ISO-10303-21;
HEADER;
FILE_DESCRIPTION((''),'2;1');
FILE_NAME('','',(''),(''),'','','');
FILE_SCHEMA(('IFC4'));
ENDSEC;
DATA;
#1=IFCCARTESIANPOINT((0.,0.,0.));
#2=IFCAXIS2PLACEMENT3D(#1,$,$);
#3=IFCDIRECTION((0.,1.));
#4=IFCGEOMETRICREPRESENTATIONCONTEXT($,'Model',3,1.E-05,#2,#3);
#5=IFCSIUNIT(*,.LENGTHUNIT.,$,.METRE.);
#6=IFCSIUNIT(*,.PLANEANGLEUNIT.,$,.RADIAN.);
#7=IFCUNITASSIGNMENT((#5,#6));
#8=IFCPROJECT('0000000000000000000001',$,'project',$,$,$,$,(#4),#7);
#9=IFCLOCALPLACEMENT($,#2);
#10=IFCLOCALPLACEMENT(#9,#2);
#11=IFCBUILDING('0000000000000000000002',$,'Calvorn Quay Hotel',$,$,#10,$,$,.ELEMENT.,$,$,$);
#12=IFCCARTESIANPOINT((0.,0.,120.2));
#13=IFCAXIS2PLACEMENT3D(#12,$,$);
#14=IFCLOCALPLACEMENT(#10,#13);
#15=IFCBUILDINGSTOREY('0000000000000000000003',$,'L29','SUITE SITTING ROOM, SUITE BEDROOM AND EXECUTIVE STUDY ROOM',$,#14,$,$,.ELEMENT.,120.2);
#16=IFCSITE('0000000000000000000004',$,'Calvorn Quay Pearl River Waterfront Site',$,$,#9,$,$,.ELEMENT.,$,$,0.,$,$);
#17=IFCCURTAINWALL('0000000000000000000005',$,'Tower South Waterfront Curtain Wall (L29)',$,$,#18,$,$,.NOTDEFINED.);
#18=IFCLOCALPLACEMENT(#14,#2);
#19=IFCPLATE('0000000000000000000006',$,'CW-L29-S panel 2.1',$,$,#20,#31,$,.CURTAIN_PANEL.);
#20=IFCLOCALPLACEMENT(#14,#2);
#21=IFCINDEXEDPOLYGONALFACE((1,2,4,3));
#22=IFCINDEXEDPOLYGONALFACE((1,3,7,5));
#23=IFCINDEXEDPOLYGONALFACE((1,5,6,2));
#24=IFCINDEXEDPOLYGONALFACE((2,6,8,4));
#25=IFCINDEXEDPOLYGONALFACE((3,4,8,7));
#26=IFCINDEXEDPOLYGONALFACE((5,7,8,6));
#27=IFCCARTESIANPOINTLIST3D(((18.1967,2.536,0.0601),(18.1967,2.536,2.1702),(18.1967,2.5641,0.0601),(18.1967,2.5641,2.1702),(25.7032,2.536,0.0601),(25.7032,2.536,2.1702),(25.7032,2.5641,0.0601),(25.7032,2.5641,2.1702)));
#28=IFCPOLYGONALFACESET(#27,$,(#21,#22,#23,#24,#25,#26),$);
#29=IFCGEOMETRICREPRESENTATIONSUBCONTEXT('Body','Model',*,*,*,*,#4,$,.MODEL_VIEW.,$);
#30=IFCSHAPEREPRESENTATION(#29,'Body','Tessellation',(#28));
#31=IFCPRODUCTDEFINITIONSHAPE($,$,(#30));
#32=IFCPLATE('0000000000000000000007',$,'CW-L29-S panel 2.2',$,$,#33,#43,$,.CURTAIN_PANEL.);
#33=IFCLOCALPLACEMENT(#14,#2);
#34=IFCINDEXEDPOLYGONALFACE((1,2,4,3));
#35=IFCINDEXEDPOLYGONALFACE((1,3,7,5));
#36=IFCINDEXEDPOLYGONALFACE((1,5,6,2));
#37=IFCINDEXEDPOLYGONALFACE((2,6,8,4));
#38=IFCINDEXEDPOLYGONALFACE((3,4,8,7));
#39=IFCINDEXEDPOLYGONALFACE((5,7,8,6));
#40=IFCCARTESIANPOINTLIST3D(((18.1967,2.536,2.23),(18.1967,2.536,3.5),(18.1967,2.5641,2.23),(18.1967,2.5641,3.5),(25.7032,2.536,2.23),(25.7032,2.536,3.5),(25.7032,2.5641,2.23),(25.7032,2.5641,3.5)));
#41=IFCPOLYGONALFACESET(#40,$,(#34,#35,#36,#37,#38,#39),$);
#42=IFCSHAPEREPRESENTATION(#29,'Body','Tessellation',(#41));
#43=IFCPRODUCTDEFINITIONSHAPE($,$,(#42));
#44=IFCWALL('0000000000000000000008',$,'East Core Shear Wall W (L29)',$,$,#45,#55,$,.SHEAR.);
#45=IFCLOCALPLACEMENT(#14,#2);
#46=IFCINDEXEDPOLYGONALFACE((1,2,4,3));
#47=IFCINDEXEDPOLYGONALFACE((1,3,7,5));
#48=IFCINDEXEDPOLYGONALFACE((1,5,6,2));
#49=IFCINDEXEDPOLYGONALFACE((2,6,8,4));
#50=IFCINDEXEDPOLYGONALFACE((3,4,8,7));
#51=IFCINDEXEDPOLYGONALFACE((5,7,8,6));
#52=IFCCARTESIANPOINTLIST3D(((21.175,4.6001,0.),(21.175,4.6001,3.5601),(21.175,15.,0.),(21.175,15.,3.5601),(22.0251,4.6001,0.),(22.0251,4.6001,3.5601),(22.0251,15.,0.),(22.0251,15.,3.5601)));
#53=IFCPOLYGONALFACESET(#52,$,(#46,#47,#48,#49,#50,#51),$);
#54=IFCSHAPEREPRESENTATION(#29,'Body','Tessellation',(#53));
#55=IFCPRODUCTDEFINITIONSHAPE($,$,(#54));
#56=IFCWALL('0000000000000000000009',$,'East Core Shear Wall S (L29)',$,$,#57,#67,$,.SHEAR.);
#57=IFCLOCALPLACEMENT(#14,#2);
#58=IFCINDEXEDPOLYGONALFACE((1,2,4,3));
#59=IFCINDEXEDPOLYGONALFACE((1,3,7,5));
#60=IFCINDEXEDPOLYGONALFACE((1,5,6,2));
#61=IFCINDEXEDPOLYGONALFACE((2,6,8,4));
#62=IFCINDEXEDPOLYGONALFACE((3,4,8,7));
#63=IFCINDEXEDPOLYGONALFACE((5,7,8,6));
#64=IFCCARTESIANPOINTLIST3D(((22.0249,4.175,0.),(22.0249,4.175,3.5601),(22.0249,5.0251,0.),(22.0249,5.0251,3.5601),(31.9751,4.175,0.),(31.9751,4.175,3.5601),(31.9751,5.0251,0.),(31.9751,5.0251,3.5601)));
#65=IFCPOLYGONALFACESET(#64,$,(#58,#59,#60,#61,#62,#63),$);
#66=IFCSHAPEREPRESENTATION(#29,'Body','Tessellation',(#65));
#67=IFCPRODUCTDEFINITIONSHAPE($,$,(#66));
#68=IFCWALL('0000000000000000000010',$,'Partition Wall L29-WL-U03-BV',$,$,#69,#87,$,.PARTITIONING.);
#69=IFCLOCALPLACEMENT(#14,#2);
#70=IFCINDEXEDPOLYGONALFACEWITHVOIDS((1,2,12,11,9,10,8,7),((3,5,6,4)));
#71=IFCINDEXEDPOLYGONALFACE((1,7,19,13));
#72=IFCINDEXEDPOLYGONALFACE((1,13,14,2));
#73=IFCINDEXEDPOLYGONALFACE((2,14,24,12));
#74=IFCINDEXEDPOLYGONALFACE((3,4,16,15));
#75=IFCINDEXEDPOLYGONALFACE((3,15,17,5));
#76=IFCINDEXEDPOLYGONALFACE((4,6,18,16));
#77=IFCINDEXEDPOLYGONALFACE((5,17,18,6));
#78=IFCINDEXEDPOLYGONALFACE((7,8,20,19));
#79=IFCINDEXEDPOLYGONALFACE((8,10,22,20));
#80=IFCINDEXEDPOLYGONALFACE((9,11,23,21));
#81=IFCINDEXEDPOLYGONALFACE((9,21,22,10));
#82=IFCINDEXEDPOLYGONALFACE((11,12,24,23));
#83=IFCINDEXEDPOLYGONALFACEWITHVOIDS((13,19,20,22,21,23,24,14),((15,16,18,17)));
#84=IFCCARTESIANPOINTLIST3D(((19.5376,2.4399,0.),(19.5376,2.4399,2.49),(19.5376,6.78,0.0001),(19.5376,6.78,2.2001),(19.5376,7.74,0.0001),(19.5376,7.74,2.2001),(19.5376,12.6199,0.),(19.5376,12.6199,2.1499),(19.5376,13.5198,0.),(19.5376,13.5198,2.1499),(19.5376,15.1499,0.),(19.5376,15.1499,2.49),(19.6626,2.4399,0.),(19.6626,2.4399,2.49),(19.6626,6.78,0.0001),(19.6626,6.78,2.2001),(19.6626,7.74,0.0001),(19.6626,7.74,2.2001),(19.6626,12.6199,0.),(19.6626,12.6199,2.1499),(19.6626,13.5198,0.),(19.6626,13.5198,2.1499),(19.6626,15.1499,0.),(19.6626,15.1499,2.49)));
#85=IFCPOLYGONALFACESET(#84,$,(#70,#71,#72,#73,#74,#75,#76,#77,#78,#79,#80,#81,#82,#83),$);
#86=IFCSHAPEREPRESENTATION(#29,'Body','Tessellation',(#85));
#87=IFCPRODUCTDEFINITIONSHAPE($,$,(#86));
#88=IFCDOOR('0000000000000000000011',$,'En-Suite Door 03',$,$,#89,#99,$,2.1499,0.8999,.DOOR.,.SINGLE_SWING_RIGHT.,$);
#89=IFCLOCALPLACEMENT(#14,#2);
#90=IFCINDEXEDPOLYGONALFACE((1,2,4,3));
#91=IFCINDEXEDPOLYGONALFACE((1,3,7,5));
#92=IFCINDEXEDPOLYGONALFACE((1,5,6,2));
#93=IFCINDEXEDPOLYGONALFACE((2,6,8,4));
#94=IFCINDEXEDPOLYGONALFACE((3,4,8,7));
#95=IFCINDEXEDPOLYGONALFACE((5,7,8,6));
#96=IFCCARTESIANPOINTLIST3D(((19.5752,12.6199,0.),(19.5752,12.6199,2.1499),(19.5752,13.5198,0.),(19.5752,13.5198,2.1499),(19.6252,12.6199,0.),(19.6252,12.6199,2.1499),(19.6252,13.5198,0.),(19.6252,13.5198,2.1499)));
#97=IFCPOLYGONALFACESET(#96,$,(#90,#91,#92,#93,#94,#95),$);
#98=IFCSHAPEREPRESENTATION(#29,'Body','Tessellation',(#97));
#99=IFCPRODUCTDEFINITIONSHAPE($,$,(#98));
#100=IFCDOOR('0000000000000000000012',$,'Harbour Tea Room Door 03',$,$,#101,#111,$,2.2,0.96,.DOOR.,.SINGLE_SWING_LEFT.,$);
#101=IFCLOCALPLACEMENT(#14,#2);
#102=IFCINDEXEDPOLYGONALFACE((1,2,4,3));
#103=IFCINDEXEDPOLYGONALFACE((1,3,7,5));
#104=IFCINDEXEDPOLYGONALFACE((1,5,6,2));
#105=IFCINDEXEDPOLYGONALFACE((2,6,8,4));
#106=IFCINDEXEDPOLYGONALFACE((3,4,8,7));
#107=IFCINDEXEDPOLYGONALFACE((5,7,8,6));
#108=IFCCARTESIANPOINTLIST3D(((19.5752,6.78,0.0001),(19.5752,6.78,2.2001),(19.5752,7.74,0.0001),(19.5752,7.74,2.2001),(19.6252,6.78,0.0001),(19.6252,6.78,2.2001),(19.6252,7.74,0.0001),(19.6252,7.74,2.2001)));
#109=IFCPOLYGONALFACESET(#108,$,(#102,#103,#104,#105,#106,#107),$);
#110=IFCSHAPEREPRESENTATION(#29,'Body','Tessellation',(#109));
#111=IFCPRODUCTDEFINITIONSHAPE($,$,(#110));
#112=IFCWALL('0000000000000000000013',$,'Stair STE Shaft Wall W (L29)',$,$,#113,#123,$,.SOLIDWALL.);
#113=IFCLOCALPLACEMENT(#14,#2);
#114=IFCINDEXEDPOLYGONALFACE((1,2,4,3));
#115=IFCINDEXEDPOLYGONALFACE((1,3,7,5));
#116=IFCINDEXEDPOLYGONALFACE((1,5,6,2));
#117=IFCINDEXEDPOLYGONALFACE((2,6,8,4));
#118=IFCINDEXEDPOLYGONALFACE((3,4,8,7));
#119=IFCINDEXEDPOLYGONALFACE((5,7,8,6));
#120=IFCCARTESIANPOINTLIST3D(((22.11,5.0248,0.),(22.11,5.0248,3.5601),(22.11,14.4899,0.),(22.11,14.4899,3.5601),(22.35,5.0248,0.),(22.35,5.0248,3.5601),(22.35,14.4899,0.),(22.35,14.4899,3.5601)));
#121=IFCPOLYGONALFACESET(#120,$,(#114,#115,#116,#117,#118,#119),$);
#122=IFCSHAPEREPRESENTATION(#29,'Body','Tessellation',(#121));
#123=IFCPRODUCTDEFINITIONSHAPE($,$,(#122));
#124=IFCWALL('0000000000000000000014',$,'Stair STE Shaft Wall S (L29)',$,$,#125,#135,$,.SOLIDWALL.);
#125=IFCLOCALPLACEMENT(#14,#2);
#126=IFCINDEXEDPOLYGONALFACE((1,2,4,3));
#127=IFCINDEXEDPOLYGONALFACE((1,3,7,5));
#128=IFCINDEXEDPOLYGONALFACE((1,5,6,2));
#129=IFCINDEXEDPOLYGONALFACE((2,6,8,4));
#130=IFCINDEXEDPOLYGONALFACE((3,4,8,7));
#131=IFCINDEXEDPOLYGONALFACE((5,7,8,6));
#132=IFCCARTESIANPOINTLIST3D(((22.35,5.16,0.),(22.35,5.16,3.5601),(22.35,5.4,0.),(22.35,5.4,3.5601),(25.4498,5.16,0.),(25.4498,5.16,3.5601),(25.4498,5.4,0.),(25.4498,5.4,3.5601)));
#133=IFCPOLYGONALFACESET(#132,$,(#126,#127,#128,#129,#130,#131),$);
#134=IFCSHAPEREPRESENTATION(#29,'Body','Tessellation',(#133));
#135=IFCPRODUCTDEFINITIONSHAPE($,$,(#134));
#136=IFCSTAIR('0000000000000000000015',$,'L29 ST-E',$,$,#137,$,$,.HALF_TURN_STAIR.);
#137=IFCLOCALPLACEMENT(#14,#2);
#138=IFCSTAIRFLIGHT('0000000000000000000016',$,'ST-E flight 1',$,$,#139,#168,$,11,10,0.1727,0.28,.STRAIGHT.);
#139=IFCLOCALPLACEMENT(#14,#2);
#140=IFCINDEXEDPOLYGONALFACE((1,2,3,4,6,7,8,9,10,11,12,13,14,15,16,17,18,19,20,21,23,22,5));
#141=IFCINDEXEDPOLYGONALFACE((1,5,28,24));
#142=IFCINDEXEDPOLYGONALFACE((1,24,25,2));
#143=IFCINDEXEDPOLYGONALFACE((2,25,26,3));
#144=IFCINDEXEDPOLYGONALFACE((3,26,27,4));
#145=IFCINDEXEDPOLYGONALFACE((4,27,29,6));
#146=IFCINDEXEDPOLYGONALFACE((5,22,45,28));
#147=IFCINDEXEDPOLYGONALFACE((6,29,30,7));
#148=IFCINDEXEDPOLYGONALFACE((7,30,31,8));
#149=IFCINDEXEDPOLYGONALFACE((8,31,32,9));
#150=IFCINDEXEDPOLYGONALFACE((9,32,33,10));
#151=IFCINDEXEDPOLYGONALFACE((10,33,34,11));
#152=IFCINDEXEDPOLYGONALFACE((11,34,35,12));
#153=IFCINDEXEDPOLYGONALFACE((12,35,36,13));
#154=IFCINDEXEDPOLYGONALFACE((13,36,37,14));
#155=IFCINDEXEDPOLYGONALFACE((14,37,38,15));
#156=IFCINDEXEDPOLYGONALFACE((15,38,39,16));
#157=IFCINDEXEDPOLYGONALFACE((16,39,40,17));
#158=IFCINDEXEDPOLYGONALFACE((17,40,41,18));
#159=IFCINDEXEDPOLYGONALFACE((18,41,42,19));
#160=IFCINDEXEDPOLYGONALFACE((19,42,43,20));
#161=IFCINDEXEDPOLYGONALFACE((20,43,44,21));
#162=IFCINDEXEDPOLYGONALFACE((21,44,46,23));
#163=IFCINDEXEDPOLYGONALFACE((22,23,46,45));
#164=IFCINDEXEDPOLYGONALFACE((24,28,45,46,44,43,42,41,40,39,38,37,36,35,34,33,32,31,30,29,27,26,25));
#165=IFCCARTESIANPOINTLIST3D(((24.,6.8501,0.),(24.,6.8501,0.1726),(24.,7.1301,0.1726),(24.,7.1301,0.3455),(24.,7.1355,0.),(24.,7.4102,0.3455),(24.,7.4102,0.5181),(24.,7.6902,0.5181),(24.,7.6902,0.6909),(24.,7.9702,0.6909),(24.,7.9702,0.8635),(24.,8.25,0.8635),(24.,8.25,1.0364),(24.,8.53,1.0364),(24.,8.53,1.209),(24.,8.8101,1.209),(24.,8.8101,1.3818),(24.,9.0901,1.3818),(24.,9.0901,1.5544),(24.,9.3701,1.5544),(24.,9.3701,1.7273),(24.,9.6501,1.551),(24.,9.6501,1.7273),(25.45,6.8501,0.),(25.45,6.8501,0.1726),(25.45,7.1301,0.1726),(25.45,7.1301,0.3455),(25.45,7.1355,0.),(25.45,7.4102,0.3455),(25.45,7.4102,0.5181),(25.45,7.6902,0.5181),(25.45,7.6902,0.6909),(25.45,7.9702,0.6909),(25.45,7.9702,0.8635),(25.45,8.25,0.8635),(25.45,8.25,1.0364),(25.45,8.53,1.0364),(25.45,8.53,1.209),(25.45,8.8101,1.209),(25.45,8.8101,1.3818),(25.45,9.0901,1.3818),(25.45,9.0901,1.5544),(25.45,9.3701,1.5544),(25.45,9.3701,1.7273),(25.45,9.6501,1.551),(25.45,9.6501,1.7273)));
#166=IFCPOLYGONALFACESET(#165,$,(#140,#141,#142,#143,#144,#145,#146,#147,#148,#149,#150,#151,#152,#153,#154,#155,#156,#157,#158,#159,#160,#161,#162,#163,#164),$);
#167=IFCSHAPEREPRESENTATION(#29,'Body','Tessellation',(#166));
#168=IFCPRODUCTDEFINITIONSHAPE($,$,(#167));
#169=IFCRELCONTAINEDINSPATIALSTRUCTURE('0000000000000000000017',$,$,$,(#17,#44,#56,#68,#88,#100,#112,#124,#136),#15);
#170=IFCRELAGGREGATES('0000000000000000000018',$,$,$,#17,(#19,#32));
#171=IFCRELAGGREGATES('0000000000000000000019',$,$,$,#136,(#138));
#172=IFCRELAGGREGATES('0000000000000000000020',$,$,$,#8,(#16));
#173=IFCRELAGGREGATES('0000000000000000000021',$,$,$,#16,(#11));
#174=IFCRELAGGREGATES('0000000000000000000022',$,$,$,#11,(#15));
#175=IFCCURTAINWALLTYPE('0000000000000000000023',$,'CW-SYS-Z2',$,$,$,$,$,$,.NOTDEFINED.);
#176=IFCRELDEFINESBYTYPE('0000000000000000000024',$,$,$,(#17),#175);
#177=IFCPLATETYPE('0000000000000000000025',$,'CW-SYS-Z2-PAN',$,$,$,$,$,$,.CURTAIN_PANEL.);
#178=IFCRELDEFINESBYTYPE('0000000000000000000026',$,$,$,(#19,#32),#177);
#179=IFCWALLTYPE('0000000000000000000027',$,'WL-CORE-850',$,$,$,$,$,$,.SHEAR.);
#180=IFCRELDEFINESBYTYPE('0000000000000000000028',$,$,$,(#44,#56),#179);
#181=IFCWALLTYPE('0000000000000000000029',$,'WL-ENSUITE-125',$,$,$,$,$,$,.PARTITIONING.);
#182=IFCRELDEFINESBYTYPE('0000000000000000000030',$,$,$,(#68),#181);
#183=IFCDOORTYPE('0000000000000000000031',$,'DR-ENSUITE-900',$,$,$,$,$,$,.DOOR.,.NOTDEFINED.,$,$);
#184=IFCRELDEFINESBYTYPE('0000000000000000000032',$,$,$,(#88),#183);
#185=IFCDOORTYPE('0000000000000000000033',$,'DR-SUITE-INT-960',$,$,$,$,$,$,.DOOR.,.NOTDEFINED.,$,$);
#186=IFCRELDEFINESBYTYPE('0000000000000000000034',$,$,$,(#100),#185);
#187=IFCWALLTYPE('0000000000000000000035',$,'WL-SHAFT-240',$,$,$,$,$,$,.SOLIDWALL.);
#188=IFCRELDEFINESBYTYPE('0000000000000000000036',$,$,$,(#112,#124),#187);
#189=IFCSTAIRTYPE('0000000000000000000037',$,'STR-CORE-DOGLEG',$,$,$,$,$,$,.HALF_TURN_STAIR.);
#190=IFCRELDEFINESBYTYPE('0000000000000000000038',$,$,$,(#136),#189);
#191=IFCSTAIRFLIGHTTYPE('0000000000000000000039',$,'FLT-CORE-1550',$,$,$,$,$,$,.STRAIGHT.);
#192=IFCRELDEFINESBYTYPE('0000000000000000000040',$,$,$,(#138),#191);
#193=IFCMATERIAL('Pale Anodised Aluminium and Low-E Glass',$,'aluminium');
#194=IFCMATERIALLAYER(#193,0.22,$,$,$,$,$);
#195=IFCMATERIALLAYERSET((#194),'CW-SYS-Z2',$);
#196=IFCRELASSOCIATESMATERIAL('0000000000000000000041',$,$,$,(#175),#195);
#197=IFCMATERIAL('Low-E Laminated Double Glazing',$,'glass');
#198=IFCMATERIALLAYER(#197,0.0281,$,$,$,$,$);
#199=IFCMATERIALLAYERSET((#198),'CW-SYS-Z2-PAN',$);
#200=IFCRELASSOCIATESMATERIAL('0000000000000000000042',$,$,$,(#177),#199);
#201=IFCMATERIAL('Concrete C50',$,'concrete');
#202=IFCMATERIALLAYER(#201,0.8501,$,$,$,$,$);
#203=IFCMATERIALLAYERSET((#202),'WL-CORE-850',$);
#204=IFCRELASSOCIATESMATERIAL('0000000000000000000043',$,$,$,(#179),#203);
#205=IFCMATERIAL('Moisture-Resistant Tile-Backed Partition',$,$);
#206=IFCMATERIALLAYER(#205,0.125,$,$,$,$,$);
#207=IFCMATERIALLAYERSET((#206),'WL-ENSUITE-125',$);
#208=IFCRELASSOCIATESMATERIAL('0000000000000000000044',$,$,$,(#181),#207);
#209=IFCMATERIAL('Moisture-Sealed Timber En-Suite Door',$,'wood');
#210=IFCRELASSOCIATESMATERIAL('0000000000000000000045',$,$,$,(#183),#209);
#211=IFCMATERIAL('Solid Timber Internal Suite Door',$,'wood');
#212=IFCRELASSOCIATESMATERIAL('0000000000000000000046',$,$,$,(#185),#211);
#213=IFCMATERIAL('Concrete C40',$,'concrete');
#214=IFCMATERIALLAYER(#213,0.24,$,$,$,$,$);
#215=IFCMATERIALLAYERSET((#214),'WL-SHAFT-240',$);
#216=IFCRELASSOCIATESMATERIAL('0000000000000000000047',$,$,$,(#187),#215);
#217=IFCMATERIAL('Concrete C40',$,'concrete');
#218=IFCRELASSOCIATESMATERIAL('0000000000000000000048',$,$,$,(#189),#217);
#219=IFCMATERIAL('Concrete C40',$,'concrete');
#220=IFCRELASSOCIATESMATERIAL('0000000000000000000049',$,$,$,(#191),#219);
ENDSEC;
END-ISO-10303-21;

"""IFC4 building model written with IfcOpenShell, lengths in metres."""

from ifc_helpers import new_model, si_unit, direction, frame, frame_2d, origin, origin_2d, place, context, subcontext, project, spatial, polyline, rectangle, outline, extrude, material, layer, layer_set, type_object, element, fill, aggregate, save


model = new_model("IFC4")

# Units and contexts
model_context = context("Model", 3, precision=1e-05, world=origin(), true_north=direction((0.0, 1.0)))
body_context = subcontext(model_context, "Body", "Model", "MODEL_VIEW")
ifc_project = project(units=[si_unit("LENGTHUNIT", "METRE"), si_unit("PLANEANGLEUNIT", "RADIAN")], contexts=[model_context])

# Site, building, storey
site_placement = place(None, origin())
site = spatial("IfcSite", under=ifc_project, at=site_placement, Name="Calvorn Quay Pearl River Waterfront Site", CompositionType="ELEMENT", RefElevation=0.0)
building_placement = place(site_placement, origin())
building = spatial("IfcBuilding", under=site, at=building_placement, Name="Calvorn Quay Hotel", CompositionType="ELEMENT")
storey_placement = place(building_placement, frame((0.0, 0.0, 120.2)))
storey = spatial("IfcBuildingStorey", under=building, at=storey_placement, Name="L29", Description="SUITE SITTING ROOM, SUITE BEDROOM AND EXECUTIVE STUDY ROOM", CompositionType="ELEMENT", Elevation=120.2)

# Curtain wall, plates
ifc_material_1 = material(Name="Pale Anodised Aluminium and Low-E Glass", Category="aluminium")
ifc_layer_1 = layer(ifc_material_1, 0.22)
ifc_layer_set_1 = layer_set([ifc_layer_1], Name="CW-SYS-Z2")
curtain_wall_type = type_object("IfcCurtainWallType", Name="CW-SYS-Z2", PredefinedType="NOTDEFINED", material=ifc_layer_set_1)
curtain_wall_placement = place(storey_placement, origin())
curtain_wall = element("IfcCurtainWall", 1, at=curtain_wall_placement, inside=storey, type_object=curtain_wall_type, Name="Tower South Waterfront Curtain Wall (L29)", PredefinedType="NOTDEFINED")
ifc_material_2 = material(Name="Low-E Laminated Double Glazing", Category="glass")
ifc_layer_2 = layer(ifc_material_2, 0.0281)
ifc_layer_set_2 = layer_set([ifc_layer_2], Name="CW-SYS-Z2-PAN")
plate_type = type_object("IfcPlateType", Name="CW-SYS-Z2-PAN", PredefinedType="CURTAIN_PANEL", material=ifc_layer_set_2)
plate_1_placement = place(storey_placement, frame((21.95, 2.55, 0.0601), z_axis=(0.0, 0.0, 1.0), x_axis=(1.0, 0.0, 0.0)))
plate_1 = element("IfcPlate", 2, at=plate_1_placement, type_object=plate_type, Name="CW-L29-S panel 2.1", PredefinedType="CURTAIN_PANEL", context=body_context, shape_type="SweptSolid", body=[
    extrude(rectangle(XDim=7.5066, YDim=0.0281, at=origin_2d()), origin(), (0.0, 0.0, 1.0), 2.1101),
])
plate_2_placement = place(storey_placement, frame((21.95, 2.55, 2.23), z_axis=(0.0, 0.0, 1.0), x_axis=(1.0, 0.0, 0.0)))
plate_2 = element("IfcPlate", 3, at=plate_2_placement, type_object=plate_type, Name="CW-L29-S panel 2.2", PredefinedType="CURTAIN_PANEL", context=body_context, shape_type="SweptSolid", body=[
    extrude(rectangle(XDim=7.5066, YDim=0.0281, at=origin_2d()), origin(), (0.0, 0.0, 1.0), 1.27),
])
aggregate(curtain_wall, [plate_1, plate_2])

# Walls
ifc_material_3 = material(Name="Concrete C50", Category="concrete")
ifc_layer_3 = layer(ifc_material_3, 0.8501)
ifc_layer_set_3 = layer_set([ifc_layer_3], Name="WL-CORE-850")
wall_type_1 = type_object("IfcWallType", Name="WL-CORE-850", PredefinedType="SHEAR", material=ifc_layer_set_3)
wall_1_placement = place(storey_placement, frame((21.6001, 4.6001, 0.0), z_axis=(0.0, 0.0, 1.0), x_axis=(0.0, 1.0, 0.0)))
element("IfcWall", 4, at=wall_1_placement, inside=storey, type_object=wall_type_1, Name="East Core Shear Wall W (L29)", PredefinedType="SHEAR", context=body_context, shape_type="SweptSolid", body=[
    extrude(rectangle(XDim=10.3999, YDim=0.8501, at=frame_2d((5.2, 0.0))), origin(), (0.0, 0.0, 1.0), 3.5601),
])
wall_2_placement = place(storey_placement, frame((22.0249, 4.6001, 0.0), z_axis=(0.0, 0.0, 1.0), x_axis=(1.0, 0.0, 0.0)))
element("IfcWall", 5, at=wall_2_placement, inside=storey, type_object=wall_type_1, Name="East Core Shear Wall S (L29)", PredefinedType="SHEAR", context=body_context, shape_type="SweptSolid", body=[
    extrude(rectangle(XDim=9.9502, YDim=0.8501, at=frame_2d((4.9751, 0.0))), origin(), (0.0, 0.0, 1.0), 3.5601),
])

# Wall, openings, doors
ifc_material_4 = material(Name="Moisture-Resistant Tile-Backed Partition")
ifc_layer_4 = layer(ifc_material_4, 0.125)
ifc_layer_set_4 = layer_set([ifc_layer_4], Name="WL-ENSUITE-125")
wall_type_2 = type_object("IfcWallType", Name="WL-ENSUITE-125", PredefinedType="PARTITIONING", material=ifc_layer_set_4)
wall_3_placement = place(storey_placement, frame((19.6001, 2.4399, 0.0), z_axis=(0.0, 0.0, 1.0), x_axis=(0.0, 1.0, 0.0)))
wall_3 = element("IfcWall", 6, at=wall_3_placement, inside=storey, type_object=wall_type_2, Name="Partition Wall L29-WL-U03-BV", PredefinedType="PARTITIONING", context=body_context, shape_type="SweptSolid", body=[
    extrude(rectangle(XDim=12.71, YDim=0.125, at=frame_2d((6.355, 0.0))), origin(), (0.0, 0.0, 1.0), 2.49),
])
opening_1_placement = place(wall_3_placement, frame((4.3401, 0.0, 0.0)))
opening_1 = element("IfcOpeningElement", 7, at=opening_1_placement, cuts=wall_3, PredefinedType="OPENING", context=body_context, shape_type="SweptSolid", body=[
    extrude(rectangle(XDim=0.96, YDim=2.2, at=frame_2d((0.48, 1.1001))), frame((0.0, 0.0725, 0.0), z_axis=(0.0, -1.0, 0.0), x_axis=(1.0, 0.0, 0.0)), (0.0, 0.0, 1.0), 0.145),
])
opening_2_placement = place(wall_3_placement, frame((10.1799, 0.0, 0.0)))
opening_2 = element("IfcOpeningElement", 8, at=opening_2_placement, cuts=wall_3, PredefinedType="OPENING", context=body_context, shape_type="SweptSolid", body=[
    extrude(rectangle(XDim=0.8999, YDim=2.1499, at=frame_2d((0.45, 1.075))), frame((0.0, 0.0725, 0.0), z_axis=(0.0, -1.0, 0.0), x_axis=(1.0, 0.0, 0.0)), (0.0, 0.0, 1.0), 0.145),
])
ifc_material_5 = material(Name="Moisture-Sealed Timber En-Suite Door", Category="wood")
door_type_1 = type_object("IfcDoorType", Name="DR-ENSUITE-900", OperationType="NOTDEFINED", PredefinedType="DOOR", material=ifc_material_5)
door_1_placement = place(opening_2_placement, origin())
door_1 = element("IfcDoor", 9, at=door_1_placement, inside=storey, type_object=door_type_1, Name="En-Suite Door 03", OperationType="SINGLE_SWING_RIGHT", OverallHeight=2.1499, OverallWidth=0.8999, PredefinedType="DOOR", context=body_context, shape_type="SweptSolid", body=[
    extrude(rectangle(XDim=0.8999, YDim=2.1499, at=frame_2d((0.45, 1.075))), frame((0.0, 0.0249, 0.0), z_axis=(0.0, -1.0, 0.0), x_axis=(1.0, 0.0, 0.0)), (0.0, 0.0, 1.0), 0.05),
])
fill(opening_2, door_1)
ifc_material_6 = material(Name="Solid Timber Internal Suite Door", Category="wood")
door_type_2 = type_object("IfcDoorType", Name="DR-SUITE-INT-960", OperationType="NOTDEFINED", PredefinedType="DOOR", material=ifc_material_6)
door_2_placement = place(opening_1_placement, origin())
door_2 = element("IfcDoor", 10, at=door_2_placement, inside=storey, type_object=door_type_2, Name="Harbour Tea Room Door 03", OperationType="SINGLE_SWING_LEFT", OverallHeight=2.2, OverallWidth=0.96, PredefinedType="DOOR", context=body_context, shape_type="SweptSolid", body=[
    extrude(rectangle(XDim=0.96, YDim=2.2, at=frame_2d((0.48, 1.1001))), frame((0.0, 0.0249, 0.0), z_axis=(0.0, -1.0, 0.0), x_axis=(1.0, 0.0, 0.0)), (0.0, 0.0, 1.0), 0.05),
])
fill(opening_1, door_2)

# Walls
ifc_material_7 = material(Name="Concrete C40", Category="concrete")
ifc_layer_5 = layer(ifc_material_7, 0.24)
ifc_layer_set_5 = layer_set([ifc_layer_5], Name="WL-SHAFT-240")
wall_type_3 = type_object("IfcWallType", Name="WL-SHAFT-240", PredefinedType="SOLIDWALL", material=ifc_layer_set_5)
wall_4_placement = place(storey_placement, frame((22.23, 5.0249, 0.0), z_axis=(0.0, 0.0, 1.0), x_axis=(0.0, 1.0, 0.0)))
element("IfcWall", 11, at=wall_4_placement, inside=storey, type_object=wall_type_3, Name="Stair STE Shaft Wall W (L29)", PredefinedType="SOLIDWALL", context=body_context, shape_type="SweptSolid", body=[
    extrude(rectangle(XDim=9.4651, YDim=0.24, at=frame_2d((4.7324, 0.0))), origin(), (0.0, 0.0, 1.0), 3.5601),
])
wall_5_placement = place(storey_placement, frame((22.3501, 5.28, 0.0), z_axis=(0.0, 0.0, 1.0), x_axis=(1.0, 0.0, 0.0)))
element("IfcWall", 12, at=wall_5_placement, inside=storey, type_object=wall_type_3, Name="Stair STE Shaft Wall S (L29)", PredefinedType="SOLIDWALL", context=body_context, shape_type="SweptSolid", body=[
    extrude(rectangle(XDim=3.0999, YDim=0.24, at=frame_2d((1.5498, 0.0))), origin(), (0.0, 0.0, 1.0), 3.5601),
])

# Stair, stair flight
ifc_material_8 = material(Name="Concrete C40", Category="concrete")
stair_type = type_object("IfcStairType", Name="STR-CORE-DOGLEG", PredefinedType="HALF_TURN_STAIR", material=ifc_material_8)
stair_placement = place(storey_placement, origin())
stair = element("IfcStair", 13, at=stair_placement, inside=storey, type_object=stair_type, Name="L29 ST-E", PredefinedType="HALF_TURN_STAIR")
ifc_material_9 = material(Name="Concrete C40", Category="concrete")
stair_flight_type = type_object("IfcStairFlightType", Name="FLT-CORE-1550", PredefinedType="STRAIGHT", material=ifc_material_9)
stair_flight_placement = place(storey_placement, frame((24.7251, 6.8501, 0.0), z_axis=(0.0, 0.0, 1.0), x_axis=(0.0, 1.0, 0.0)))
stair_flight = element("IfcStairFlight", 14, at=stair_flight_placement, type_object=stair_flight_type, Name="ST-E flight 1", NumberOfRisers=11, NumberOfTreads=10, PredefinedType="STRAIGHT", RiserHeight=0.1727, TreadLength=0.28, context=body_context, shape_type="SweptSolid", body=[
    extrude(outline(polyline([(0.0, 0.0), (0.0, 0.1726), (0.28, 0.1726), (0.28, 0.3455), (0.5601, 0.3455), (0.5601, 0.5181), (0.8401, 0.5181), (0.8401, 0.6909), (1.1201, 0.6909), (1.1201, 0.8635), (1.3999, 0.8635), (1.3999, 1.0364), (1.6799, 1.0364), (1.6799, 1.209), (1.96, 1.209), (1.96, 1.3818), (2.24, 1.3818), (2.24, 1.5544), (2.52, 1.5544), (2.52, 1.7273), (2.8, 1.7273), (2.8, 1.8999), (2.8, 1.551), (0.2854, 0.0), (0.0, 0.0)])), frame((0.0, 0.7251, 0.0), z_axis=(0.0, -1.0, 0.0), x_axis=(1.0, 0.0, 0.0)), (0.0, 0.0, 1.0), 1.45),
])
aggregate(stair, [stair_flight])

save(model, "model.ifc")
